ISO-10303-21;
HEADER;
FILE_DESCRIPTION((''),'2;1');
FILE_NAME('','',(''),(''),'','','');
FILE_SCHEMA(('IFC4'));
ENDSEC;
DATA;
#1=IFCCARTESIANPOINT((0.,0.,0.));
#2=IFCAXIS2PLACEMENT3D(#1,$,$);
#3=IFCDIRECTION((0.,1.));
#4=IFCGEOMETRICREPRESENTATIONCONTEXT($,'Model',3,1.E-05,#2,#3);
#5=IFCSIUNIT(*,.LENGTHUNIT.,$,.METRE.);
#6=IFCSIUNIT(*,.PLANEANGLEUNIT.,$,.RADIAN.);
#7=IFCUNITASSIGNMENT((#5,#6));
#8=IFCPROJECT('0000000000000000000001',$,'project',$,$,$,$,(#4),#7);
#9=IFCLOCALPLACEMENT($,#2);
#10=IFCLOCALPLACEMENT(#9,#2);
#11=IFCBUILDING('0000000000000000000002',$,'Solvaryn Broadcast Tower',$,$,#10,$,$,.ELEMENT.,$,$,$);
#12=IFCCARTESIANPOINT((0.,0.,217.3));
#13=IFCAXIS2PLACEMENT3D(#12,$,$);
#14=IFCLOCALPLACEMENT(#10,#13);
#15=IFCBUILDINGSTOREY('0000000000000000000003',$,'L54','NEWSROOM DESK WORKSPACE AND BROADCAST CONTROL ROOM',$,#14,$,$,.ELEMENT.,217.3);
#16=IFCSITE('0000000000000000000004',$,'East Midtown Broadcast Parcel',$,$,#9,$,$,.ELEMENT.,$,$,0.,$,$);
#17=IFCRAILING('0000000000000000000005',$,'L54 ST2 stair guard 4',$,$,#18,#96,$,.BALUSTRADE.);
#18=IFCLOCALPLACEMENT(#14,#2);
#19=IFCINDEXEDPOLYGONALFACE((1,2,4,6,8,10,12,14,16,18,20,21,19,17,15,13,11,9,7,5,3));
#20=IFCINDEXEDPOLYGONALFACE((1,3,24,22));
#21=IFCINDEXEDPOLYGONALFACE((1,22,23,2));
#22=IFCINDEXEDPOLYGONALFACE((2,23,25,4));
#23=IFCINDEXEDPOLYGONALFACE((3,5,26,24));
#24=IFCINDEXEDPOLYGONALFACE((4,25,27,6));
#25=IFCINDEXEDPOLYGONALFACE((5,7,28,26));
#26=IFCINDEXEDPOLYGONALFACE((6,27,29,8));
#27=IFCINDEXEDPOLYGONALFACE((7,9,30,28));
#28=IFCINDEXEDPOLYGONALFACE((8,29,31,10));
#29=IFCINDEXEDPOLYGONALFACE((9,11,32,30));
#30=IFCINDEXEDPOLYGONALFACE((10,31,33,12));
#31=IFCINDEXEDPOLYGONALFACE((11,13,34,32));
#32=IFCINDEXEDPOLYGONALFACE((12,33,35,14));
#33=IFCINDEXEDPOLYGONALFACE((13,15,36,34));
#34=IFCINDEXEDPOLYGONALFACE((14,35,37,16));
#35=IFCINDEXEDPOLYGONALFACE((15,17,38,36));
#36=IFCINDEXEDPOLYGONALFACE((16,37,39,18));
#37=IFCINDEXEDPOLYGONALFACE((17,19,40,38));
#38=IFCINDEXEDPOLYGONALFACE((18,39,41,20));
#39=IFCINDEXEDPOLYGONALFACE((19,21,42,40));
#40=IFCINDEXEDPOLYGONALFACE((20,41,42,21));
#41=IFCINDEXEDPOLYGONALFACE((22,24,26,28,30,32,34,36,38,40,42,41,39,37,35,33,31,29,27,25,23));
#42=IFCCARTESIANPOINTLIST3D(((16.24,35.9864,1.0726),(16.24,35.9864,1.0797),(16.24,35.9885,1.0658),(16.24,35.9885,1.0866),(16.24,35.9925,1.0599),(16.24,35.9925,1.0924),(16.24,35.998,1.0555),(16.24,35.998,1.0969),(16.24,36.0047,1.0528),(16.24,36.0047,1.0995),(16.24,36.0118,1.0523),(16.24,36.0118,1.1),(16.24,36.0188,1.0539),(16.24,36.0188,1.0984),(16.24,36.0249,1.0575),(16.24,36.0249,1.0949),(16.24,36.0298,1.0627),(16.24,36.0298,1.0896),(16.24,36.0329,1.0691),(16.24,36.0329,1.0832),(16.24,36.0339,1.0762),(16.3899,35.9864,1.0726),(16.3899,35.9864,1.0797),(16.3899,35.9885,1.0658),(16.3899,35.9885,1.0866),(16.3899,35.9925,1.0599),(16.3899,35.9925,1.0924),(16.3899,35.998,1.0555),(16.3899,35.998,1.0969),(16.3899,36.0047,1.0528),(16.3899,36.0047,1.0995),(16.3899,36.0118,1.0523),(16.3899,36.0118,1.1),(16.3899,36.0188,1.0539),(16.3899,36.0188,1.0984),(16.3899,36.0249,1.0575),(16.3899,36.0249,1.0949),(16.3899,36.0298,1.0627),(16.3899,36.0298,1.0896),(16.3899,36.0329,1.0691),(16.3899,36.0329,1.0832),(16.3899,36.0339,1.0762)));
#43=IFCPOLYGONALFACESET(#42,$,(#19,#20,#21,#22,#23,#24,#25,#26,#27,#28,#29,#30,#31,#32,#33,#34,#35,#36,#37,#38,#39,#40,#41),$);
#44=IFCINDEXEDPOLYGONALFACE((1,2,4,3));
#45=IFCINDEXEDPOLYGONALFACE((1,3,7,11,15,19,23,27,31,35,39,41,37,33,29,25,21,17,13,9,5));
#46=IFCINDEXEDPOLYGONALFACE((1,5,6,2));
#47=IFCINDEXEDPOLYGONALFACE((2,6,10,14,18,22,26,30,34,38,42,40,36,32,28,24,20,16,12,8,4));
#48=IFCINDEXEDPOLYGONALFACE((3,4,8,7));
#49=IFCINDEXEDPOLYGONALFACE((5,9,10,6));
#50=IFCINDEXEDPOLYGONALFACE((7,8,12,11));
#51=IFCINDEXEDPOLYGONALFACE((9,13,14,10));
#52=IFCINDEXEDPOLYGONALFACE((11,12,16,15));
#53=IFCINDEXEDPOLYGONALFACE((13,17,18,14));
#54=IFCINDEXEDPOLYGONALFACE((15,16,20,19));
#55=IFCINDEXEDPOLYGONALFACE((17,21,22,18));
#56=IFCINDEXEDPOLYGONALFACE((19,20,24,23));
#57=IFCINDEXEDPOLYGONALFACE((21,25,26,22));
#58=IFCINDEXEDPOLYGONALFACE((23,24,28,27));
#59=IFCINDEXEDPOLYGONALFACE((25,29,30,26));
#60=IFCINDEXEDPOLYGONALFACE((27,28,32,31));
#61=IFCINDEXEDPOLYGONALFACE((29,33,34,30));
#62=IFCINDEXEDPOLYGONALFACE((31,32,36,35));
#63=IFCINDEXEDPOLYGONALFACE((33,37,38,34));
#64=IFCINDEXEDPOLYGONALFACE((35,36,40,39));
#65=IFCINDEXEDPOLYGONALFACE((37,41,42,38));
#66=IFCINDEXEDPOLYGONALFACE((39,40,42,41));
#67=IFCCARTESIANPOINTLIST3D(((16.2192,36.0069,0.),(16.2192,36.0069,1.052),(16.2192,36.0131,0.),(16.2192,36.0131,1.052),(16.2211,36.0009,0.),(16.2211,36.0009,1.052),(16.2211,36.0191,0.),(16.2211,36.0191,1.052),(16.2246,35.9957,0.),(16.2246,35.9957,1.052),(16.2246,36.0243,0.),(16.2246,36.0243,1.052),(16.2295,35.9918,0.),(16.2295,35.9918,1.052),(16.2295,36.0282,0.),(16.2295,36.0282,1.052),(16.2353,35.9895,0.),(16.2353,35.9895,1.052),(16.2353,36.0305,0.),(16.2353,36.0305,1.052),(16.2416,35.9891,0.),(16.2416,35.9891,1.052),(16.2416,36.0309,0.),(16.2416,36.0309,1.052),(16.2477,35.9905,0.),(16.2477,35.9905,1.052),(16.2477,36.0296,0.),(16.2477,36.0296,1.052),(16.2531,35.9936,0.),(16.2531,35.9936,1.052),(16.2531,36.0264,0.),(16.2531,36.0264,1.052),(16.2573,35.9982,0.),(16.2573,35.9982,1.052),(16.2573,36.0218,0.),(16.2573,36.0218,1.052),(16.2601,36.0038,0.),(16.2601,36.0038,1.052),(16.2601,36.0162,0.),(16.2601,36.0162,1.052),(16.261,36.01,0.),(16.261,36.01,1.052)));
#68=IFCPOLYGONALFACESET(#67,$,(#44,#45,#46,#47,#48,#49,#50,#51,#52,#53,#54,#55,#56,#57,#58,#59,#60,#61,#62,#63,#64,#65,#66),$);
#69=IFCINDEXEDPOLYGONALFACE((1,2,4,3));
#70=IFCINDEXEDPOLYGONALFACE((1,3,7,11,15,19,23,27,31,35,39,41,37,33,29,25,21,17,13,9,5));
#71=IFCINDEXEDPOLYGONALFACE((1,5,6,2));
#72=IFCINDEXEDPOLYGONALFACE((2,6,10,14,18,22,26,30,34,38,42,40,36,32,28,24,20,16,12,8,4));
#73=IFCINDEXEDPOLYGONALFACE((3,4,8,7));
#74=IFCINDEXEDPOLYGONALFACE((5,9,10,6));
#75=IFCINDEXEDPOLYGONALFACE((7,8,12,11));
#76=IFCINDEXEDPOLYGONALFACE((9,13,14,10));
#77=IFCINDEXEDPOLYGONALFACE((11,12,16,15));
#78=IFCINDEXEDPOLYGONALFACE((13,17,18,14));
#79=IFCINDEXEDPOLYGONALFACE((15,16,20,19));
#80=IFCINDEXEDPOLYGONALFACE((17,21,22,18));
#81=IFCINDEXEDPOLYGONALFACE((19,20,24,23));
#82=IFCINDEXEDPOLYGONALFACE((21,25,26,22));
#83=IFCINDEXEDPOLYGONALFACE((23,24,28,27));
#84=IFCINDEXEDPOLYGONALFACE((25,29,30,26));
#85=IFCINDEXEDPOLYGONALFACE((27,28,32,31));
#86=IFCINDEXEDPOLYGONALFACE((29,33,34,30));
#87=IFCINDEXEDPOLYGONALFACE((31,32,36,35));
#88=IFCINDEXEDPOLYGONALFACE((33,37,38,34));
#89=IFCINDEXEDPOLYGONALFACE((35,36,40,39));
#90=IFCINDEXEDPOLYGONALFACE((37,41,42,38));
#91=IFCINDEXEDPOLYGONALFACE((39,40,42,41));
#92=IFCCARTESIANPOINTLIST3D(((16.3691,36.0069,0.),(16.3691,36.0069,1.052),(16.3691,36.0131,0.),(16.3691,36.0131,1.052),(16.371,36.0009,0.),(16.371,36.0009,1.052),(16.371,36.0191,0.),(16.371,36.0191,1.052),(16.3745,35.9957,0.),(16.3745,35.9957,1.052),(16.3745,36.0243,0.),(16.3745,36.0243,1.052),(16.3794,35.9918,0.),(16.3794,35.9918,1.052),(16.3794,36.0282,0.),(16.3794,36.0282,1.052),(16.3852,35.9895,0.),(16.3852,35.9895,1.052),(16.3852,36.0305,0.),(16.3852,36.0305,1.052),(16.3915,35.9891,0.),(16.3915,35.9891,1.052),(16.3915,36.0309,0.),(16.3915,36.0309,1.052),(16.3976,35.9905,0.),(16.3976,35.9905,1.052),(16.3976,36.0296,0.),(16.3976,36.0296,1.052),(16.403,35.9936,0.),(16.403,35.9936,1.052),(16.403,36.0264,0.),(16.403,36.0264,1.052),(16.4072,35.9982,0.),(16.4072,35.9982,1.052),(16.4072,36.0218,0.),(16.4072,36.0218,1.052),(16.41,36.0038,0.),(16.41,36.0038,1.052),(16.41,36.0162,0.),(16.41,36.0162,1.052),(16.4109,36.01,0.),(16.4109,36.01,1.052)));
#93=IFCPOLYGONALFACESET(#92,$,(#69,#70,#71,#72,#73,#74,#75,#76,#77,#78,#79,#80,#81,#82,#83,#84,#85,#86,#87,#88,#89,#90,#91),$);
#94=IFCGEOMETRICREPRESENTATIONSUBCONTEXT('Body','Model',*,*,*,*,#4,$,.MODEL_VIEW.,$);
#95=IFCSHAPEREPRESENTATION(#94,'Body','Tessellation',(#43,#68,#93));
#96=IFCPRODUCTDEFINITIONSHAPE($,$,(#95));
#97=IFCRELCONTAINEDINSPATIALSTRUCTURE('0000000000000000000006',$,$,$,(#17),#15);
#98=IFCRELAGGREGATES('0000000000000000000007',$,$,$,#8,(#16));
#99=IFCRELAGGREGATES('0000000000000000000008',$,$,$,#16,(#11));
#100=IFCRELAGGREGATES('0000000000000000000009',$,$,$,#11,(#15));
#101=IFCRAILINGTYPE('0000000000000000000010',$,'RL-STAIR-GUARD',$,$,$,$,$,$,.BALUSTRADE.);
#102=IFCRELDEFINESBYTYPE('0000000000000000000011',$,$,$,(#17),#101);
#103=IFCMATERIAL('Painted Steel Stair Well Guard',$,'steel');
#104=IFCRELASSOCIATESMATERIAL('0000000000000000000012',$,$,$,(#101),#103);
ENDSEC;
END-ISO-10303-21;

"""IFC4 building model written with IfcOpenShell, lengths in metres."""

from ifc_helpers import new_model, si_unit, direction, frame, origin, origin_2d, place, context, subcontext, project, spatial, circle, extrude, material, type_object, element, save


model = new_model("IFC4")

# Units and contexts
model_context = context("Model", 3, precision=1e-05, world=origin(), true_north=direction((0.0, 1.0)))
body_context = subcontext(model_context, "Body", "Model", "MODEL_VIEW")
ifc_project = project(units=[si_unit("LENGTHUNIT", "METRE"), si_unit("PLANEANGLEUNIT", "RADIAN")], contexts=[model_context])

# Site, building, storey
site_placement = place(None, origin())
site = spatial("IfcSite", under=ifc_project, at=site_placement, Name="East Midtown Broadcast Parcel", CompositionType="ELEMENT", RefElevation=0.0)
building_placement = place(site_placement, origin())
building = spatial("IfcBuilding", under=site, at=building_placement, Name="Solvaryn Broadcast Tower", CompositionType="ELEMENT")
storey_placement = place(building_placement, frame((0.0, 0.0, 217.3)))
storey = spatial("IfcBuildingStorey", under=building, at=storey_placement, Name="L54", Description="NEWSROOM DESK WORKSPACE AND BROADCAST CONTROL ROOM", CompositionType="ELEMENT", Elevation=217.3)

# Railing
ifc_material_1 = material(Name="Painted Steel Stair Well Guard", Category="steel")
railing_type_1 = type_object("IfcRailingType", Name="RL-STAIR-GUARD", PredefinedType="BALUSTRADE", material=ifc_material_1)
railing_1_placement = place(storey_placement, frame((16.24, 36.01, 0.0)))
element("IfcRailing", 1, at=railing_1_placement, inside=storey, type_object=railing_type_1, Name="L54 ST2 stair guard 4", PredefinedType="BALUSTRADE", context=body_context, shape_type="SweptSolid", body=[
    extrude(circle(Radius=0.0239, at=origin_2d()), frame((0.0, 0.0, 1.0762), z_axis=(1.0, 0.0, 0.0), x_axis=(0.0, 1.0, 0.0)), (0.0, 0.0, 1.0), 0.1499),
    extrude(circle(Radius=0.021, at=origin_2d()), origin(), (0.0, 0.0, 1.0), 1.052),
    extrude(circle(Radius=0.021, at=origin_2d()), frame((0.1499, 0.0, 0.0)), (0.0, 0.0, 1.0), 1.052),
])

save(model, "model.ifc")
